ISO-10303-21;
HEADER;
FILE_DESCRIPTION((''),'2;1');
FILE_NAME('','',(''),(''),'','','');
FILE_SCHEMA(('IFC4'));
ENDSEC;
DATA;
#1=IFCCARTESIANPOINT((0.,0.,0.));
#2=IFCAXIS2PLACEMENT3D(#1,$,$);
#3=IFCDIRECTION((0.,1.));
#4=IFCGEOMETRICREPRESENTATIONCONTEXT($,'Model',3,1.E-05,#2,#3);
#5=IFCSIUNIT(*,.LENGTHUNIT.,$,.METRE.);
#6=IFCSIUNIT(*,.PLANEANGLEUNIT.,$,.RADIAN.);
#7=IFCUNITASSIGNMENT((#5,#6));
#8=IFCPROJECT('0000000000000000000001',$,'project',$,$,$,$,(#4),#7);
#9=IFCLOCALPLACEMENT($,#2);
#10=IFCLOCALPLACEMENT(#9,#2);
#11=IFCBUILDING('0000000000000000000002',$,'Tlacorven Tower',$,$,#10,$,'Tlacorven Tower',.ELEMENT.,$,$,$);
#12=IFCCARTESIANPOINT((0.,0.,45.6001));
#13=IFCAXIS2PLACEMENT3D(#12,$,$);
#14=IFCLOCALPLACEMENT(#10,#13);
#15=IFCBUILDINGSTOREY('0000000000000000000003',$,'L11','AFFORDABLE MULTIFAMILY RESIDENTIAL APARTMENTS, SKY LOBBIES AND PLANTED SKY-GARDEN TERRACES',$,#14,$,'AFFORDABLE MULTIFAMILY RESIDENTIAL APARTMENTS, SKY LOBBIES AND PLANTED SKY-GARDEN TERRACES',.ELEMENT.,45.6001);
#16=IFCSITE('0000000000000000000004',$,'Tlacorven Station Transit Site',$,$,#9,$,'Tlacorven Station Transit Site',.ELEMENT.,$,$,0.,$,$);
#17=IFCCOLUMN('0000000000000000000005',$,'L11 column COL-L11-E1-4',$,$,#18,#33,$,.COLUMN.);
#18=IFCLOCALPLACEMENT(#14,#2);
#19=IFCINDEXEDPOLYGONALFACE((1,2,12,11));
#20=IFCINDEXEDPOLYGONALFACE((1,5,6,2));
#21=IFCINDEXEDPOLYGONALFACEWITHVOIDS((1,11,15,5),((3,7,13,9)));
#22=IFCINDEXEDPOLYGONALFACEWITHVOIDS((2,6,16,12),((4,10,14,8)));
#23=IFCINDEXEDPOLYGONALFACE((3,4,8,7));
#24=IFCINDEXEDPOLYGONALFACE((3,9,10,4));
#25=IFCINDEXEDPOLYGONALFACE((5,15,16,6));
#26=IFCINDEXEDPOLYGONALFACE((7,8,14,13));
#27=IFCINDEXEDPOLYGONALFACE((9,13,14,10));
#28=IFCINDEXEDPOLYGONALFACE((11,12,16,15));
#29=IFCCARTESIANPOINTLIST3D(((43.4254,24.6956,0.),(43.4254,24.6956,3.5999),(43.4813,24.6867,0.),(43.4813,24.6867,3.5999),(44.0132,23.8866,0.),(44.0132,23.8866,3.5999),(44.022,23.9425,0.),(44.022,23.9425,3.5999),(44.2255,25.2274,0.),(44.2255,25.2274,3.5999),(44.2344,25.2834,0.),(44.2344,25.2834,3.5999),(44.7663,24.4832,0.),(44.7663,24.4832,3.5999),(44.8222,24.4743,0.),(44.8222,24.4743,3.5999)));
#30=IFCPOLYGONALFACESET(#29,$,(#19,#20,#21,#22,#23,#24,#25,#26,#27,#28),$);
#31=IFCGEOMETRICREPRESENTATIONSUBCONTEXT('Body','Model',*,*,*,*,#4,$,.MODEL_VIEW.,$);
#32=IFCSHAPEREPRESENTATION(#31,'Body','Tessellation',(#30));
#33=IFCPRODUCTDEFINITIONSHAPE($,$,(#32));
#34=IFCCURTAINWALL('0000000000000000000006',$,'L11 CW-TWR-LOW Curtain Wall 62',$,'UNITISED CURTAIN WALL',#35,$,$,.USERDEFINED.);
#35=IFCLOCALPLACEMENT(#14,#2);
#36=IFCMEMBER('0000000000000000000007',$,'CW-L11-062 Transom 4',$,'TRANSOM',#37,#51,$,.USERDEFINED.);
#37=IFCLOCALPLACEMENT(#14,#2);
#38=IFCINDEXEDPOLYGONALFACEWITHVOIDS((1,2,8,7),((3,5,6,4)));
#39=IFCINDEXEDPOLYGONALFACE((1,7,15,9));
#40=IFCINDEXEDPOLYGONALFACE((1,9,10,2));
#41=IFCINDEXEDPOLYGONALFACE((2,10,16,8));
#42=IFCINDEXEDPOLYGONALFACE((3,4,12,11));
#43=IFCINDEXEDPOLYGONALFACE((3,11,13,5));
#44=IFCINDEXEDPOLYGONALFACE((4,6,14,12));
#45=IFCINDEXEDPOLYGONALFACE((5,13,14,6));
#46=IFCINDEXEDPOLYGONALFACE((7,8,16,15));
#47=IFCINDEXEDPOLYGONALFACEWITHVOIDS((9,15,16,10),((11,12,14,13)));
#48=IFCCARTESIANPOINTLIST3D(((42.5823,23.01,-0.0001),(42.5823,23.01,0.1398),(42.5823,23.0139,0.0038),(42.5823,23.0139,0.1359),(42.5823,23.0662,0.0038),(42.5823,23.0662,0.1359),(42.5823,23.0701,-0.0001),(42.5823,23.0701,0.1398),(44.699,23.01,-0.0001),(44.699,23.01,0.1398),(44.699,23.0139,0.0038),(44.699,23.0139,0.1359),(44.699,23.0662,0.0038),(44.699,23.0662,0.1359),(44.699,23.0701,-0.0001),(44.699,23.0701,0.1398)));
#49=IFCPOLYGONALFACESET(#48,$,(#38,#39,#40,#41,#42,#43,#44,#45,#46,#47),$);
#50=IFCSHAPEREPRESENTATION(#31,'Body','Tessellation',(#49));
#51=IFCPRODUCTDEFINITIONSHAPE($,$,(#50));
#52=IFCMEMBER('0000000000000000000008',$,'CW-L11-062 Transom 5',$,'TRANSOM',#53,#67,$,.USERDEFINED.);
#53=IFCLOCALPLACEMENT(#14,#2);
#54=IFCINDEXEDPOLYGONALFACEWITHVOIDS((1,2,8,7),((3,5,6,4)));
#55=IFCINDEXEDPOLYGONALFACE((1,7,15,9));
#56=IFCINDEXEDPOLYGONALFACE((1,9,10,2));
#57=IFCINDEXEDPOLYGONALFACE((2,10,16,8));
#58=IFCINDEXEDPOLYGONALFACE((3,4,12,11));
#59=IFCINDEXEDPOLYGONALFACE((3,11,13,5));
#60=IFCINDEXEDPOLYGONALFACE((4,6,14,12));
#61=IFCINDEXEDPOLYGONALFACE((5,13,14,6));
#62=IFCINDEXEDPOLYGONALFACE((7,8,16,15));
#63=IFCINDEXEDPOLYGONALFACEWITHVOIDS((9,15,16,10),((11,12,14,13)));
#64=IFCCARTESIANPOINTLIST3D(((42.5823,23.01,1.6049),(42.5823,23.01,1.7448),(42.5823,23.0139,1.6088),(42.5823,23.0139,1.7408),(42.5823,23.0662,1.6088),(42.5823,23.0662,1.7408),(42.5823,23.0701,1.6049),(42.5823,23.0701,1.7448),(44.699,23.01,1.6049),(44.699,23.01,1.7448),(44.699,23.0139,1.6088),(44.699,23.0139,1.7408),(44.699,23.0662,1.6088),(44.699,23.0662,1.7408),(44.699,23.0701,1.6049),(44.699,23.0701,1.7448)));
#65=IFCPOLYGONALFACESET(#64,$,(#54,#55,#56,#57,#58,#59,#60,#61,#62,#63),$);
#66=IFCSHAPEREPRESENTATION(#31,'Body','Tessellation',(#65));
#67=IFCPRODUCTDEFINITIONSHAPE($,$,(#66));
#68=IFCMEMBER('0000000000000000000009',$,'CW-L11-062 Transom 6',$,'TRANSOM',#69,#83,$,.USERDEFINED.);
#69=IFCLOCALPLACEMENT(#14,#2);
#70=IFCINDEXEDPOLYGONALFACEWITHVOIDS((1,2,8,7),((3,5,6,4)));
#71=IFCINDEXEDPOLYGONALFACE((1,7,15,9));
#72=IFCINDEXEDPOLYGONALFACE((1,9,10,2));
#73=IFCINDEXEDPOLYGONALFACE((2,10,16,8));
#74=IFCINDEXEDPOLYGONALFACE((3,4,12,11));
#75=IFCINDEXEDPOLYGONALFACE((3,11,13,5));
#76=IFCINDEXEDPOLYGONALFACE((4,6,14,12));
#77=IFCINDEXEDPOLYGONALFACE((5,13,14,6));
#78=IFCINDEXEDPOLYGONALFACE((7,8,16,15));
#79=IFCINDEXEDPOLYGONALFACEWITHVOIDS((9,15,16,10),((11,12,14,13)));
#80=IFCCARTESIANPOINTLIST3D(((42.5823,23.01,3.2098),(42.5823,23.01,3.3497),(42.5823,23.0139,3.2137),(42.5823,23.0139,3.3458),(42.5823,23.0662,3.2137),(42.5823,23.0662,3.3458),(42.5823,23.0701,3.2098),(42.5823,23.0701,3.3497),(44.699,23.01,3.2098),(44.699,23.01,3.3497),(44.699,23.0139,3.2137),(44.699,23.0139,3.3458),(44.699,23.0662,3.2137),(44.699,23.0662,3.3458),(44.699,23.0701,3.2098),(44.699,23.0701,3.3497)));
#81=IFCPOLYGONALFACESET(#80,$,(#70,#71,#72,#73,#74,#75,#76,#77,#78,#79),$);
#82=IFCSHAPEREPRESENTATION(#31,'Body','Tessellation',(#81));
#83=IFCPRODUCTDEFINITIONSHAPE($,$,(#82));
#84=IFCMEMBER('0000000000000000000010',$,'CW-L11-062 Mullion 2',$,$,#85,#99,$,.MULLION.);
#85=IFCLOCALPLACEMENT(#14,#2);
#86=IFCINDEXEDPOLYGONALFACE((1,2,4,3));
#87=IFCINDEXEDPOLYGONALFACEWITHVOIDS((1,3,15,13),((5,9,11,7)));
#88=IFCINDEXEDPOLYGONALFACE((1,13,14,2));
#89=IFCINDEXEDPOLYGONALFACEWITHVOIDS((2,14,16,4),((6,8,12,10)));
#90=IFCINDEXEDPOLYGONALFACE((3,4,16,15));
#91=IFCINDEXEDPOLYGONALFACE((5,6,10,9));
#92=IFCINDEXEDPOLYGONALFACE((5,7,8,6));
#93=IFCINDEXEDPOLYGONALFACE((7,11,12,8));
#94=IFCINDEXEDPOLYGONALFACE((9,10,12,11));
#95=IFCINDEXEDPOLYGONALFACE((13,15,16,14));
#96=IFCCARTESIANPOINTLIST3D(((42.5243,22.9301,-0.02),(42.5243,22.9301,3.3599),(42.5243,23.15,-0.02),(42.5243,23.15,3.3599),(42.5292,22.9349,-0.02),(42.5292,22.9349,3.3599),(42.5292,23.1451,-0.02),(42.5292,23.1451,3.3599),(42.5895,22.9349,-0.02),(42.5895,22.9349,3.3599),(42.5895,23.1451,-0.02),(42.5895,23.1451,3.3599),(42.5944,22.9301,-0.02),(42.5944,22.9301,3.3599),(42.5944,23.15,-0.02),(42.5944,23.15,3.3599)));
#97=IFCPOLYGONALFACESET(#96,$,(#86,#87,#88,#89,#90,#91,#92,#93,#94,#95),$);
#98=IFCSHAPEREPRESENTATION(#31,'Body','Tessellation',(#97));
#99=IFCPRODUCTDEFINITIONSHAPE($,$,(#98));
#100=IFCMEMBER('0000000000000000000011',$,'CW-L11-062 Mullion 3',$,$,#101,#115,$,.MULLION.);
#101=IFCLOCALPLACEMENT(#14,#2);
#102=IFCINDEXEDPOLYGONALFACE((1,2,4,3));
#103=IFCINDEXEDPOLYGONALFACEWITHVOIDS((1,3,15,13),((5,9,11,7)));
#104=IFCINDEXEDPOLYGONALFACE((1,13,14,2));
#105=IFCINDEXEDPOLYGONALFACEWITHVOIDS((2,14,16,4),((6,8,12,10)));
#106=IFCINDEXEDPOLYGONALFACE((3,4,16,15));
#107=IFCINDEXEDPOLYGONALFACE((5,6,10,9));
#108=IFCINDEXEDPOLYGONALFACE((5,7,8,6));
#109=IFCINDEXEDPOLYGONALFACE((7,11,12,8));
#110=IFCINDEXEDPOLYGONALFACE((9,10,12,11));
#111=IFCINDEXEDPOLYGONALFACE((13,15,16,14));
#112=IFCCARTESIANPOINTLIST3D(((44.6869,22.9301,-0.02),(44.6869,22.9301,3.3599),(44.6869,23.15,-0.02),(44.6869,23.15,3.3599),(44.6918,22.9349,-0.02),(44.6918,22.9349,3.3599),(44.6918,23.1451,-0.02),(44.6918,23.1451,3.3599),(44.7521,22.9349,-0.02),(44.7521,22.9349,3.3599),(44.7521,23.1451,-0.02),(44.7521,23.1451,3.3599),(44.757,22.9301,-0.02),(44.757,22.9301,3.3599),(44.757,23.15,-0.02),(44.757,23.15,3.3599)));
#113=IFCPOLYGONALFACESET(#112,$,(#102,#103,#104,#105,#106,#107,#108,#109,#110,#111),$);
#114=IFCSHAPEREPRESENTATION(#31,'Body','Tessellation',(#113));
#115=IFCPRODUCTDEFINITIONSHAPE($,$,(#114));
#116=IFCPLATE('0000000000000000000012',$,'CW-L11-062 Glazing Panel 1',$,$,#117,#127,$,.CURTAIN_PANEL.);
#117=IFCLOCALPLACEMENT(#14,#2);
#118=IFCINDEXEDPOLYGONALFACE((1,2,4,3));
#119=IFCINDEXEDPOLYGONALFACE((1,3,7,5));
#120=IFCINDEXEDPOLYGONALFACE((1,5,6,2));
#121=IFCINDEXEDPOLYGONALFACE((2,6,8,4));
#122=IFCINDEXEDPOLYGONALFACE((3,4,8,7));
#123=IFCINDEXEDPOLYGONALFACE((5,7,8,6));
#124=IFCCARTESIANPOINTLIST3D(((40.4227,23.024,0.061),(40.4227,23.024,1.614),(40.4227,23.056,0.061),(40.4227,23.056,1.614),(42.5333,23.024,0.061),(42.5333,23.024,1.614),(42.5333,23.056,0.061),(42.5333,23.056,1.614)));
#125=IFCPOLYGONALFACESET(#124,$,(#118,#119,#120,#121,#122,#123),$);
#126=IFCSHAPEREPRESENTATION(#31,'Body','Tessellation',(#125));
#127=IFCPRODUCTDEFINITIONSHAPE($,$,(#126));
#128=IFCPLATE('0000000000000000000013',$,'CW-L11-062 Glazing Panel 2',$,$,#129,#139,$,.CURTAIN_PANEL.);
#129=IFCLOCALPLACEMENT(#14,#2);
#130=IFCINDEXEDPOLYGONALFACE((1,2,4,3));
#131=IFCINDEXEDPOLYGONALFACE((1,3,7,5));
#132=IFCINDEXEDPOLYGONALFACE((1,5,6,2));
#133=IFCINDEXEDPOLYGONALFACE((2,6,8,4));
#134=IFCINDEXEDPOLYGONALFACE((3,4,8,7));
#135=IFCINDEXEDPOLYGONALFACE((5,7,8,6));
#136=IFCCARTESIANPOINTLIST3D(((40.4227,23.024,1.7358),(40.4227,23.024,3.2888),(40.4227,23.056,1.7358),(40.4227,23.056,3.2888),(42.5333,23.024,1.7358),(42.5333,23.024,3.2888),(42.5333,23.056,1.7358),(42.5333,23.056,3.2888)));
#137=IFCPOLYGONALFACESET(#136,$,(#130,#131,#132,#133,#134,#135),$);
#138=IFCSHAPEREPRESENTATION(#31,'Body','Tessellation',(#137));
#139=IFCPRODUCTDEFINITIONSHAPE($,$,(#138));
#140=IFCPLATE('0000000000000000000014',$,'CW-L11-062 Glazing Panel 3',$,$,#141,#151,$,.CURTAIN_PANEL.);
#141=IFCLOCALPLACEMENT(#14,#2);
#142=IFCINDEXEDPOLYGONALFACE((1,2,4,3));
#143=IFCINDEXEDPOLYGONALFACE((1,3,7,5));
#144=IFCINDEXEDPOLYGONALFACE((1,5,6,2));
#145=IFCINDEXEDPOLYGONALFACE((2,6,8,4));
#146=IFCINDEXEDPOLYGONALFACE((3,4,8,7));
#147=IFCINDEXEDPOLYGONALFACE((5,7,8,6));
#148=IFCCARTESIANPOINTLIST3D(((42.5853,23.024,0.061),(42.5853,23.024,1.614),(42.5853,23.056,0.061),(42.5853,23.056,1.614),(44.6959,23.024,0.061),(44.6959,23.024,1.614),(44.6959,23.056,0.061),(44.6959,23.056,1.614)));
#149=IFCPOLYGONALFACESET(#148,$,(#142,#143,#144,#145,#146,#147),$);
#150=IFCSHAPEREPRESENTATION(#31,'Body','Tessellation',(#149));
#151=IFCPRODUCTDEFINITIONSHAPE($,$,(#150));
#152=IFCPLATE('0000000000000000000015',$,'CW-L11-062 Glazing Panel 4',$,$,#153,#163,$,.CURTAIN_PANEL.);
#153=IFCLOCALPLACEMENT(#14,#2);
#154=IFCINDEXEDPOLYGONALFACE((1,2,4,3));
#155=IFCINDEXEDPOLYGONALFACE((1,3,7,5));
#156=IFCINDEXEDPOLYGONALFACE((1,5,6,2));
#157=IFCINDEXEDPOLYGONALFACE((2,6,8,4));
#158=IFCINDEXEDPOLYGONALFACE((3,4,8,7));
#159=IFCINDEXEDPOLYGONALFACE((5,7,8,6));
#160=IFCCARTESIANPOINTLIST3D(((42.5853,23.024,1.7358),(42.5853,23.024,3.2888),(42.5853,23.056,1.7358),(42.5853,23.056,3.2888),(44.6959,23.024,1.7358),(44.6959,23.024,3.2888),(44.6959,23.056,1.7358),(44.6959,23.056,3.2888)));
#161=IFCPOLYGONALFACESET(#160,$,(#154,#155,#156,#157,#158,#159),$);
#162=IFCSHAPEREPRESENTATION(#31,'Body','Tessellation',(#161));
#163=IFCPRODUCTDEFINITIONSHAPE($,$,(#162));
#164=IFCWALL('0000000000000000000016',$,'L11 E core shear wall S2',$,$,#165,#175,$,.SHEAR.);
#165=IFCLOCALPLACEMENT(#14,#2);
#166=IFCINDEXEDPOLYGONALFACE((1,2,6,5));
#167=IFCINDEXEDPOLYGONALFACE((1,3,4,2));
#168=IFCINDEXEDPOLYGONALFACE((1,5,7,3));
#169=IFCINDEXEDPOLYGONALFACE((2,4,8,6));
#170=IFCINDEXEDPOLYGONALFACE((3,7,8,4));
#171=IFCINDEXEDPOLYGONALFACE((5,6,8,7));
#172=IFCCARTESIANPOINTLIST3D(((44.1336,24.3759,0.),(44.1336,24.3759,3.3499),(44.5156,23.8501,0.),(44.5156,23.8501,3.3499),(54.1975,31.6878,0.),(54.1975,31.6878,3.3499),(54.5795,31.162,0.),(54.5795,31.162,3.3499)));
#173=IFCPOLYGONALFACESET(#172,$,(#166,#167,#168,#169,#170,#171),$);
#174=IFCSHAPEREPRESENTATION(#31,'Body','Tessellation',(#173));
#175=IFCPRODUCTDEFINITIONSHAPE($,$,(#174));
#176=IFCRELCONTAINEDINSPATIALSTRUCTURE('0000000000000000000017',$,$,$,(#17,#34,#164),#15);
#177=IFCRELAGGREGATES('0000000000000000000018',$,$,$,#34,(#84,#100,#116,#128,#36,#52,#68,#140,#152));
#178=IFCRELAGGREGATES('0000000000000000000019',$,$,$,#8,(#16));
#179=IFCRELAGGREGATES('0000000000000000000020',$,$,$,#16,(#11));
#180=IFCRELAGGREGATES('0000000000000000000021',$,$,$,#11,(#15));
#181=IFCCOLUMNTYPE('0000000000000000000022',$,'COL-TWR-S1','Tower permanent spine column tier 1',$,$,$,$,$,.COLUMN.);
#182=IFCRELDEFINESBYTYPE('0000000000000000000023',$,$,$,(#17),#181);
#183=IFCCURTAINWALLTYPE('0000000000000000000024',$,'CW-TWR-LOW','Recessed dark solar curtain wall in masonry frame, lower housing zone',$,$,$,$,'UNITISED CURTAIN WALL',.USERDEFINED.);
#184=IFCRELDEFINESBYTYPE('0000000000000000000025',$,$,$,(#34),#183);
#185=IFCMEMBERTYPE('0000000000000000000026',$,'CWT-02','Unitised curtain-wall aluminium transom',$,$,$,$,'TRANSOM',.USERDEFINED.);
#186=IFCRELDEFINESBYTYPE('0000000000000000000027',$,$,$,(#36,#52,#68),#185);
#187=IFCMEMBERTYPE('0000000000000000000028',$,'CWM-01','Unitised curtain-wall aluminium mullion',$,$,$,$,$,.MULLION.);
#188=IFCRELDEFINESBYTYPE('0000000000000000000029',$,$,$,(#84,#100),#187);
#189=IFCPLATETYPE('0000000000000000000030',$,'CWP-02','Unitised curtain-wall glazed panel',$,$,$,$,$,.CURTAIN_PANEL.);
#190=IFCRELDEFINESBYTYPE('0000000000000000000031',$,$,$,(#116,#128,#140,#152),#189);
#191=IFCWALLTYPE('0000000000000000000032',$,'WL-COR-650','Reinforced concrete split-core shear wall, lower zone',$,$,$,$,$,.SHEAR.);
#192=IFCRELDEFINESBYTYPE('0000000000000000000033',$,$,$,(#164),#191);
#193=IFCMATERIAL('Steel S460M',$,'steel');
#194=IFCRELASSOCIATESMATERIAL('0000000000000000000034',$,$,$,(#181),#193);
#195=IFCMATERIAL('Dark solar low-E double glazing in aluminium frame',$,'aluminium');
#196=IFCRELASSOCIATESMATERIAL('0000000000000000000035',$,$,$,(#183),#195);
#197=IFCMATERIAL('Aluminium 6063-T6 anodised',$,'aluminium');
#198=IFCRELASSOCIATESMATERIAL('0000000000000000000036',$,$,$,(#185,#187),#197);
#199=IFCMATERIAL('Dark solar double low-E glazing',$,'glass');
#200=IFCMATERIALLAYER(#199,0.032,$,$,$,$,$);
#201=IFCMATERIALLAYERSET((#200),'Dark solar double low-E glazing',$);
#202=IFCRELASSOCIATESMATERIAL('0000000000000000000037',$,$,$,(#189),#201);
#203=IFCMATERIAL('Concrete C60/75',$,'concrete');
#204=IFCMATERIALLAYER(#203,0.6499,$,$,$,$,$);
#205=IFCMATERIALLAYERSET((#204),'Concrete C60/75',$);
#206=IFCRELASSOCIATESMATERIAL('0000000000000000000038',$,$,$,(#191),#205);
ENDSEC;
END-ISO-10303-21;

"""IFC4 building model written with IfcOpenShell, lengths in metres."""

from ifc_helpers import new_model, si_unit, direction, frame, frame_2d, origin, origin_2d, place, context, subcontext, project, spatial, rectangle, hollow_rectangle, extrude, source, transform, mapped, material, layer, layer_set, material_profile, profile_set, type_object, element, aggregate, save


model = new_model("IFC4")

# Units and contexts
model_context = context("Model", 3, precision=1e-05, world=origin(), true_north=direction((0.0, 1.0)))
body_context = subcontext(model_context, "Body", "Model", "MODEL_VIEW")
ifc_project = project(units=[si_unit("LENGTHUNIT", "METRE"), si_unit("PLANEANGLEUNIT", "RADIAN")], contexts=[model_context])

# Site, building, storey
site_placement = place(None, origin())
site = spatial("IfcSite", under=ifc_project, at=site_placement, Name="Tlacorven Station Transit Site", LongName="Tlacorven Station Transit Site", CompositionType="ELEMENT", RefElevation=0.0)
building_placement = place(site_placement, origin())
building = spatial("IfcBuilding", under=site, at=building_placement, Name="Tlacorven Tower", LongName="Tlacorven Tower", CompositionType="ELEMENT")
storey_placement = place(building_placement, frame((0.0, 0.0, 45.6001)))
storey = spatial("IfcBuildingStorey", under=building, at=storey_placement, Name="L11", Description="AFFORDABLE MULTIFAMILY RESIDENTIAL APARTMENTS, SKY LOBBIES AND PLANTED SKY-GARDEN TERRACES", LongName="AFFORDABLE MULTIFAMILY RESIDENTIAL APARTMENTS, SKY LOBBIES AND PLANTED SKY-GARDEN TERRACES", CompositionType="ELEMENT", Elevation=45.6001)

# Column
ifc_material_1 = material(Name="Steel S460M", Category="steel")
ifc_material_profile_1 = material_profile(ifc_material_1, hollow_rectangle(XDim=1.0, YDim=1.0, WallThickness=0.04, at=origin_2d()), Name="BOX 1000X1000X40")
ifc_profile_set_1 = profile_set([ifc_material_profile_1], Name="Steel S460M")
column_type = type_object("IfcColumnType", Name="COL-TWR-S1", Description="Tower permanent spine column tier 1", PredefinedType="COLUMN", material=ifc_profile_set_1)
shared_shape_1 = source(origin(), body_context, "Body", "SweptSolid", [
    extrude(hollow_rectangle(XDim=1.0, YDim=1.0, WallThickness=0.04, at=origin_2d()), origin(), (0.0, 0.0, 1.0), 3.5999),
])
column_placement = place(storey_placement, frame((44.1238, 24.585, 0.0), z_axis=(0.0, 0.0, 1.0), x_axis=(0.809017, 0.587785, 0.0)))
element("IfcColumn", 1, at=column_placement, inside=storey, type_object=column_type, Name="L11 column COL-L11-E1-4", PredefinedType="COLUMN", context=body_context, shape_type="MappedRepresentation", body=[
    mapped(shared_shape_1, transform((0.0, 0.0, 0.0), scale=1.0)),
])

# Curtain wall, members, plates
ifc_material_2 = material(Name="Dark solar low-E double glazing in aluminium frame", Category="aluminium")
curtain_wall_type = type_object("IfcCurtainWallType", Name="CW-TWR-LOW", Description="Recessed dark solar curtain wall in masonry frame, lower housing zone", ElementType="UNITISED CURTAIN WALL", PredefinedType="USERDEFINED", material=ifc_material_2)
curtain_wall_placement = place(storey_placement, origin())
curtain_wall = element("IfcCurtainWall", 2, at=curtain_wall_placement, inside=storey, type_object=curtain_wall_type, Name="L11 CW-TWR-LOW Curtain Wall 62", ObjectType="UNITISED CURTAIN WALL", PredefinedType="USERDEFINED")
ifc_material_3 = material(Name="Aluminium 6063-T6 anodised", Category="aluminium")
ifc_material_profile_2 = material_profile(ifc_material_3, hollow_rectangle(XDim=0.0601, YDim=0.1399, WallThickness=0.0039, at=origin_2d()), Name="ALU TRANSOM 60X140")
ifc_profile_set_2 = profile_set([ifc_material_profile_2], Name="Aluminium 6063-T6 anodised")
member_type_1 = type_object("IfcMemberType", Name="CWT-02", Description="Unitised curtain-wall aluminium transom", ElementType="TRANSOM", PredefinedType="USERDEFINED", material=ifc_profile_set_2)
shared_shape_2 = source(origin(), body_context, "Body", "SweptSolid", [
    extrude(hollow_rectangle(XDim=0.0601, YDim=0.1399, WallThickness=0.0039, at=origin_2d()), origin(), (0.0, 0.0, 1.0), 2.1167),
])
member_1_placement = place(storey_placement, frame((42.5823, 23.04, 0.0698), z_axis=(1.0, 0.0, 0.0), x_axis=(0.0, 1.0, 0.0)))
member_1 = element("IfcMember", 3, at=member_1_placement, type_object=member_type_1, Name="CW-L11-062 Transom 4", ObjectType="TRANSOM", PredefinedType="USERDEFINED", context=body_context, shape_type="MappedRepresentation", body=[
    mapped(shared_shape_2, transform((0.0, 0.0, 0.0), scale=1.0)),
])
member_2_placement = place(storey_placement, frame((42.5823, 23.04, 1.6748), z_axis=(1.0, 0.0, 0.0), x_axis=(0.0, 1.0, 0.0)))
member_2 = element("IfcMember", 4, at=member_2_placement, type_object=member_type_1, Name="CW-L11-062 Transom 5", ObjectType="TRANSOM", PredefinedType="USERDEFINED", context=body_context, shape_type="MappedRepresentation", body=[
    mapped(shared_shape_2, transform((0.0, 0.0, 0.0), scale=1.0)),
])
member_3_placement = place(storey_placement, frame((42.5823, 23.04, 3.2798), z_axis=(1.0, 0.0, 0.0), x_axis=(0.0, 1.0, 0.0)))
member_3 = element("IfcMember", 5, at=member_3_placement, type_object=member_type_1, Name="CW-L11-062 Transom 6", ObjectType="TRANSOM", PredefinedType="USERDEFINED", context=body_context, shape_type="MappedRepresentation", body=[
    mapped(shared_shape_2, transform((0.0, 0.0, 0.0), scale=1.0)),
])
ifc_material_profile_3 = material_profile(ifc_material_3, hollow_rectangle(XDim=0.0701, YDim=0.22, WallThickness=0.0049, at=origin_2d()), Name="ALU MULLION 70X220")
ifc_profile_set_3 = profile_set([ifc_material_profile_3], Name="Aluminium 6063-T6 anodised")
member_type_2 = type_object("IfcMemberType", Name="CWM-01", Description="Unitised curtain-wall aluminium mullion", PredefinedType="MULLION", material=ifc_profile_set_3)
shared_shape_3 = source(origin(), body_context, "Body", "SweptSolid", [
    extrude(hollow_rectangle(XDim=0.0701, YDim=0.22, WallThickness=0.0049, at=origin_2d()), origin(), (0.0, 0.0, 1.0), 3.3799),
])
member_4_placement = place(storey_placement, frame((42.5593, 23.04, -0.02), z_axis=(0.0, 0.0, 1.0), x_axis=(1.0, 0.0, 0.0)))
member_4 = element("IfcMember", 6, at=member_4_placement, type_object=member_type_2, Name="CW-L11-062 Mullion 2", PredefinedType="MULLION", context=body_context, shape_type="MappedRepresentation", body=[
    mapped(shared_shape_3, transform((0.0, 0.0, 0.0), scale=1.0)),
])
member_5_placement = place(storey_placement, frame((44.7219, 23.04, -0.02), z_axis=(0.0, 0.0, 1.0), x_axis=(1.0, 0.0, 0.0)))
member_5 = element("IfcMember", 7, at=member_5_placement, type_object=member_type_2, Name="CW-L11-062 Mullion 3", PredefinedType="MULLION", context=body_context, shape_type="MappedRepresentation", body=[
    mapped(shared_shape_3, transform((0.0, 0.0, 0.0), scale=1.0)),
])
ifc_material_4 = material(Name="Dark solar double low-E glazing", Category="glass")
ifc_layer_1 = layer(ifc_material_4, 0.032)
ifc_layer_set_1 = layer_set([ifc_layer_1], Name="Dark solar double low-E glazing")
plate_type = type_object("IfcPlateType", Name="CWP-02", Description="Unitised curtain-wall glazed panel", PredefinedType="CURTAIN_PANEL", material=ifc_layer_set_1)
shared_shape_4 = source(origin(), body_context, "Body", "SweptSolid", [
    extrude(rectangle(XDim=2.1106, YDim=0.032, at=origin_2d()), origin(), (0.0, 0.0, 1.0), 1.553),
])
plate_1_placement = place(storey_placement, frame((41.478, 23.04, 0.061), z_axis=(0.0, 0.0, 1.0), x_axis=(1.0, 0.0, 0.0)))
plate_1 = element("IfcPlate", 8, at=plate_1_placement, type_object=plate_type, Name="CW-L11-062 Glazing Panel 1", PredefinedType="CURTAIN_PANEL", context=body_context, shape_type="MappedRepresentation", body=[
    mapped(shared_shape_4, transform((0.0, 0.0, 0.0), scale=1.0)),
])
plate_2_placement = place(storey_placement, frame((41.478, 23.04, 1.7358), z_axis=(0.0, 0.0, 1.0), x_axis=(1.0, 0.0, 0.0)))
plate_2 = element("IfcPlate", 9, at=plate_2_placement, type_object=plate_type, Name="CW-L11-062 Glazing Panel 2", PredefinedType="CURTAIN_PANEL", context=body_context, shape_type="MappedRepresentation", body=[
    mapped(shared_shape_4, transform((0.0, 0.0, 0.0), scale=1.0)),
])
plate_3_placement = place(storey_placement, frame((43.6406, 23.04, 0.061), z_axis=(0.0, 0.0, 1.0), x_axis=(1.0, 0.0, 0.0)))
plate_3 = element("IfcPlate", 10, at=plate_3_placement, type_object=plate_type, Name="CW-L11-062 Glazing Panel 3", PredefinedType="CURTAIN_PANEL", context=body_context, shape_type="MappedRepresentation", body=[
    mapped(shared_shape_4, transform((0.0, 0.0, 0.0), scale=1.0)),
])
plate_4_placement = place(storey_placement, frame((43.6406, 23.04, 1.7358), z_axis=(0.0, 0.0, 1.0), x_axis=(1.0, 0.0, 0.0)))
plate_4 = element("IfcPlate", 11, at=plate_4_placement, type_object=plate_type, Name="CW-L11-062 Glazing Panel 4", PredefinedType="CURTAIN_PANEL", context=body_context, shape_type="MappedRepresentation", body=[
    mapped(shared_shape_4, transform((0.0, 0.0, 0.0), scale=1.0)),
])
aggregate(curtain_wall, [member_4, member_5, plate_1, plate_2, member_1, member_2, member_3, plate_3, plate_4])

# Wall
ifc_material_5 = material(Name="Concrete C60/75", Category="concrete")
ifc_layer_2 = layer(ifc_material_5, 0.6499)
ifc_layer_set_2 = layer_set([ifc_layer_2], Name="Concrete C60/75")
wall_type_1 = type_object("IfcWallType", Name="WL-COR-650", Description="Reinforced concrete split-core shear wall, lower zone", PredefinedType="SHEAR", material=ifc_layer_set_2)
wall_1_placement = place(storey_placement, frame((44.3247, 24.113, 0.0), z_axis=(0.0, 0.0, 1.0), x_axis=(0.809013, 0.587791, 0.0)))
element("IfcWall", 12, at=wall_1_placement, inside=storey, type_object=wall_type_1, Name="L11 E core shear wall S2", PredefinedType="SHEAR", context=body_context, shape_type="SweptSolid", body=[
    extrude(rectangle(XDim=12.4397, YDim=0.6499, at=frame_2d((6.2197, 0.0))), origin(), (0.0, 0.0, 1.0), 3.3499),
])

save(model, "model.ifc")
